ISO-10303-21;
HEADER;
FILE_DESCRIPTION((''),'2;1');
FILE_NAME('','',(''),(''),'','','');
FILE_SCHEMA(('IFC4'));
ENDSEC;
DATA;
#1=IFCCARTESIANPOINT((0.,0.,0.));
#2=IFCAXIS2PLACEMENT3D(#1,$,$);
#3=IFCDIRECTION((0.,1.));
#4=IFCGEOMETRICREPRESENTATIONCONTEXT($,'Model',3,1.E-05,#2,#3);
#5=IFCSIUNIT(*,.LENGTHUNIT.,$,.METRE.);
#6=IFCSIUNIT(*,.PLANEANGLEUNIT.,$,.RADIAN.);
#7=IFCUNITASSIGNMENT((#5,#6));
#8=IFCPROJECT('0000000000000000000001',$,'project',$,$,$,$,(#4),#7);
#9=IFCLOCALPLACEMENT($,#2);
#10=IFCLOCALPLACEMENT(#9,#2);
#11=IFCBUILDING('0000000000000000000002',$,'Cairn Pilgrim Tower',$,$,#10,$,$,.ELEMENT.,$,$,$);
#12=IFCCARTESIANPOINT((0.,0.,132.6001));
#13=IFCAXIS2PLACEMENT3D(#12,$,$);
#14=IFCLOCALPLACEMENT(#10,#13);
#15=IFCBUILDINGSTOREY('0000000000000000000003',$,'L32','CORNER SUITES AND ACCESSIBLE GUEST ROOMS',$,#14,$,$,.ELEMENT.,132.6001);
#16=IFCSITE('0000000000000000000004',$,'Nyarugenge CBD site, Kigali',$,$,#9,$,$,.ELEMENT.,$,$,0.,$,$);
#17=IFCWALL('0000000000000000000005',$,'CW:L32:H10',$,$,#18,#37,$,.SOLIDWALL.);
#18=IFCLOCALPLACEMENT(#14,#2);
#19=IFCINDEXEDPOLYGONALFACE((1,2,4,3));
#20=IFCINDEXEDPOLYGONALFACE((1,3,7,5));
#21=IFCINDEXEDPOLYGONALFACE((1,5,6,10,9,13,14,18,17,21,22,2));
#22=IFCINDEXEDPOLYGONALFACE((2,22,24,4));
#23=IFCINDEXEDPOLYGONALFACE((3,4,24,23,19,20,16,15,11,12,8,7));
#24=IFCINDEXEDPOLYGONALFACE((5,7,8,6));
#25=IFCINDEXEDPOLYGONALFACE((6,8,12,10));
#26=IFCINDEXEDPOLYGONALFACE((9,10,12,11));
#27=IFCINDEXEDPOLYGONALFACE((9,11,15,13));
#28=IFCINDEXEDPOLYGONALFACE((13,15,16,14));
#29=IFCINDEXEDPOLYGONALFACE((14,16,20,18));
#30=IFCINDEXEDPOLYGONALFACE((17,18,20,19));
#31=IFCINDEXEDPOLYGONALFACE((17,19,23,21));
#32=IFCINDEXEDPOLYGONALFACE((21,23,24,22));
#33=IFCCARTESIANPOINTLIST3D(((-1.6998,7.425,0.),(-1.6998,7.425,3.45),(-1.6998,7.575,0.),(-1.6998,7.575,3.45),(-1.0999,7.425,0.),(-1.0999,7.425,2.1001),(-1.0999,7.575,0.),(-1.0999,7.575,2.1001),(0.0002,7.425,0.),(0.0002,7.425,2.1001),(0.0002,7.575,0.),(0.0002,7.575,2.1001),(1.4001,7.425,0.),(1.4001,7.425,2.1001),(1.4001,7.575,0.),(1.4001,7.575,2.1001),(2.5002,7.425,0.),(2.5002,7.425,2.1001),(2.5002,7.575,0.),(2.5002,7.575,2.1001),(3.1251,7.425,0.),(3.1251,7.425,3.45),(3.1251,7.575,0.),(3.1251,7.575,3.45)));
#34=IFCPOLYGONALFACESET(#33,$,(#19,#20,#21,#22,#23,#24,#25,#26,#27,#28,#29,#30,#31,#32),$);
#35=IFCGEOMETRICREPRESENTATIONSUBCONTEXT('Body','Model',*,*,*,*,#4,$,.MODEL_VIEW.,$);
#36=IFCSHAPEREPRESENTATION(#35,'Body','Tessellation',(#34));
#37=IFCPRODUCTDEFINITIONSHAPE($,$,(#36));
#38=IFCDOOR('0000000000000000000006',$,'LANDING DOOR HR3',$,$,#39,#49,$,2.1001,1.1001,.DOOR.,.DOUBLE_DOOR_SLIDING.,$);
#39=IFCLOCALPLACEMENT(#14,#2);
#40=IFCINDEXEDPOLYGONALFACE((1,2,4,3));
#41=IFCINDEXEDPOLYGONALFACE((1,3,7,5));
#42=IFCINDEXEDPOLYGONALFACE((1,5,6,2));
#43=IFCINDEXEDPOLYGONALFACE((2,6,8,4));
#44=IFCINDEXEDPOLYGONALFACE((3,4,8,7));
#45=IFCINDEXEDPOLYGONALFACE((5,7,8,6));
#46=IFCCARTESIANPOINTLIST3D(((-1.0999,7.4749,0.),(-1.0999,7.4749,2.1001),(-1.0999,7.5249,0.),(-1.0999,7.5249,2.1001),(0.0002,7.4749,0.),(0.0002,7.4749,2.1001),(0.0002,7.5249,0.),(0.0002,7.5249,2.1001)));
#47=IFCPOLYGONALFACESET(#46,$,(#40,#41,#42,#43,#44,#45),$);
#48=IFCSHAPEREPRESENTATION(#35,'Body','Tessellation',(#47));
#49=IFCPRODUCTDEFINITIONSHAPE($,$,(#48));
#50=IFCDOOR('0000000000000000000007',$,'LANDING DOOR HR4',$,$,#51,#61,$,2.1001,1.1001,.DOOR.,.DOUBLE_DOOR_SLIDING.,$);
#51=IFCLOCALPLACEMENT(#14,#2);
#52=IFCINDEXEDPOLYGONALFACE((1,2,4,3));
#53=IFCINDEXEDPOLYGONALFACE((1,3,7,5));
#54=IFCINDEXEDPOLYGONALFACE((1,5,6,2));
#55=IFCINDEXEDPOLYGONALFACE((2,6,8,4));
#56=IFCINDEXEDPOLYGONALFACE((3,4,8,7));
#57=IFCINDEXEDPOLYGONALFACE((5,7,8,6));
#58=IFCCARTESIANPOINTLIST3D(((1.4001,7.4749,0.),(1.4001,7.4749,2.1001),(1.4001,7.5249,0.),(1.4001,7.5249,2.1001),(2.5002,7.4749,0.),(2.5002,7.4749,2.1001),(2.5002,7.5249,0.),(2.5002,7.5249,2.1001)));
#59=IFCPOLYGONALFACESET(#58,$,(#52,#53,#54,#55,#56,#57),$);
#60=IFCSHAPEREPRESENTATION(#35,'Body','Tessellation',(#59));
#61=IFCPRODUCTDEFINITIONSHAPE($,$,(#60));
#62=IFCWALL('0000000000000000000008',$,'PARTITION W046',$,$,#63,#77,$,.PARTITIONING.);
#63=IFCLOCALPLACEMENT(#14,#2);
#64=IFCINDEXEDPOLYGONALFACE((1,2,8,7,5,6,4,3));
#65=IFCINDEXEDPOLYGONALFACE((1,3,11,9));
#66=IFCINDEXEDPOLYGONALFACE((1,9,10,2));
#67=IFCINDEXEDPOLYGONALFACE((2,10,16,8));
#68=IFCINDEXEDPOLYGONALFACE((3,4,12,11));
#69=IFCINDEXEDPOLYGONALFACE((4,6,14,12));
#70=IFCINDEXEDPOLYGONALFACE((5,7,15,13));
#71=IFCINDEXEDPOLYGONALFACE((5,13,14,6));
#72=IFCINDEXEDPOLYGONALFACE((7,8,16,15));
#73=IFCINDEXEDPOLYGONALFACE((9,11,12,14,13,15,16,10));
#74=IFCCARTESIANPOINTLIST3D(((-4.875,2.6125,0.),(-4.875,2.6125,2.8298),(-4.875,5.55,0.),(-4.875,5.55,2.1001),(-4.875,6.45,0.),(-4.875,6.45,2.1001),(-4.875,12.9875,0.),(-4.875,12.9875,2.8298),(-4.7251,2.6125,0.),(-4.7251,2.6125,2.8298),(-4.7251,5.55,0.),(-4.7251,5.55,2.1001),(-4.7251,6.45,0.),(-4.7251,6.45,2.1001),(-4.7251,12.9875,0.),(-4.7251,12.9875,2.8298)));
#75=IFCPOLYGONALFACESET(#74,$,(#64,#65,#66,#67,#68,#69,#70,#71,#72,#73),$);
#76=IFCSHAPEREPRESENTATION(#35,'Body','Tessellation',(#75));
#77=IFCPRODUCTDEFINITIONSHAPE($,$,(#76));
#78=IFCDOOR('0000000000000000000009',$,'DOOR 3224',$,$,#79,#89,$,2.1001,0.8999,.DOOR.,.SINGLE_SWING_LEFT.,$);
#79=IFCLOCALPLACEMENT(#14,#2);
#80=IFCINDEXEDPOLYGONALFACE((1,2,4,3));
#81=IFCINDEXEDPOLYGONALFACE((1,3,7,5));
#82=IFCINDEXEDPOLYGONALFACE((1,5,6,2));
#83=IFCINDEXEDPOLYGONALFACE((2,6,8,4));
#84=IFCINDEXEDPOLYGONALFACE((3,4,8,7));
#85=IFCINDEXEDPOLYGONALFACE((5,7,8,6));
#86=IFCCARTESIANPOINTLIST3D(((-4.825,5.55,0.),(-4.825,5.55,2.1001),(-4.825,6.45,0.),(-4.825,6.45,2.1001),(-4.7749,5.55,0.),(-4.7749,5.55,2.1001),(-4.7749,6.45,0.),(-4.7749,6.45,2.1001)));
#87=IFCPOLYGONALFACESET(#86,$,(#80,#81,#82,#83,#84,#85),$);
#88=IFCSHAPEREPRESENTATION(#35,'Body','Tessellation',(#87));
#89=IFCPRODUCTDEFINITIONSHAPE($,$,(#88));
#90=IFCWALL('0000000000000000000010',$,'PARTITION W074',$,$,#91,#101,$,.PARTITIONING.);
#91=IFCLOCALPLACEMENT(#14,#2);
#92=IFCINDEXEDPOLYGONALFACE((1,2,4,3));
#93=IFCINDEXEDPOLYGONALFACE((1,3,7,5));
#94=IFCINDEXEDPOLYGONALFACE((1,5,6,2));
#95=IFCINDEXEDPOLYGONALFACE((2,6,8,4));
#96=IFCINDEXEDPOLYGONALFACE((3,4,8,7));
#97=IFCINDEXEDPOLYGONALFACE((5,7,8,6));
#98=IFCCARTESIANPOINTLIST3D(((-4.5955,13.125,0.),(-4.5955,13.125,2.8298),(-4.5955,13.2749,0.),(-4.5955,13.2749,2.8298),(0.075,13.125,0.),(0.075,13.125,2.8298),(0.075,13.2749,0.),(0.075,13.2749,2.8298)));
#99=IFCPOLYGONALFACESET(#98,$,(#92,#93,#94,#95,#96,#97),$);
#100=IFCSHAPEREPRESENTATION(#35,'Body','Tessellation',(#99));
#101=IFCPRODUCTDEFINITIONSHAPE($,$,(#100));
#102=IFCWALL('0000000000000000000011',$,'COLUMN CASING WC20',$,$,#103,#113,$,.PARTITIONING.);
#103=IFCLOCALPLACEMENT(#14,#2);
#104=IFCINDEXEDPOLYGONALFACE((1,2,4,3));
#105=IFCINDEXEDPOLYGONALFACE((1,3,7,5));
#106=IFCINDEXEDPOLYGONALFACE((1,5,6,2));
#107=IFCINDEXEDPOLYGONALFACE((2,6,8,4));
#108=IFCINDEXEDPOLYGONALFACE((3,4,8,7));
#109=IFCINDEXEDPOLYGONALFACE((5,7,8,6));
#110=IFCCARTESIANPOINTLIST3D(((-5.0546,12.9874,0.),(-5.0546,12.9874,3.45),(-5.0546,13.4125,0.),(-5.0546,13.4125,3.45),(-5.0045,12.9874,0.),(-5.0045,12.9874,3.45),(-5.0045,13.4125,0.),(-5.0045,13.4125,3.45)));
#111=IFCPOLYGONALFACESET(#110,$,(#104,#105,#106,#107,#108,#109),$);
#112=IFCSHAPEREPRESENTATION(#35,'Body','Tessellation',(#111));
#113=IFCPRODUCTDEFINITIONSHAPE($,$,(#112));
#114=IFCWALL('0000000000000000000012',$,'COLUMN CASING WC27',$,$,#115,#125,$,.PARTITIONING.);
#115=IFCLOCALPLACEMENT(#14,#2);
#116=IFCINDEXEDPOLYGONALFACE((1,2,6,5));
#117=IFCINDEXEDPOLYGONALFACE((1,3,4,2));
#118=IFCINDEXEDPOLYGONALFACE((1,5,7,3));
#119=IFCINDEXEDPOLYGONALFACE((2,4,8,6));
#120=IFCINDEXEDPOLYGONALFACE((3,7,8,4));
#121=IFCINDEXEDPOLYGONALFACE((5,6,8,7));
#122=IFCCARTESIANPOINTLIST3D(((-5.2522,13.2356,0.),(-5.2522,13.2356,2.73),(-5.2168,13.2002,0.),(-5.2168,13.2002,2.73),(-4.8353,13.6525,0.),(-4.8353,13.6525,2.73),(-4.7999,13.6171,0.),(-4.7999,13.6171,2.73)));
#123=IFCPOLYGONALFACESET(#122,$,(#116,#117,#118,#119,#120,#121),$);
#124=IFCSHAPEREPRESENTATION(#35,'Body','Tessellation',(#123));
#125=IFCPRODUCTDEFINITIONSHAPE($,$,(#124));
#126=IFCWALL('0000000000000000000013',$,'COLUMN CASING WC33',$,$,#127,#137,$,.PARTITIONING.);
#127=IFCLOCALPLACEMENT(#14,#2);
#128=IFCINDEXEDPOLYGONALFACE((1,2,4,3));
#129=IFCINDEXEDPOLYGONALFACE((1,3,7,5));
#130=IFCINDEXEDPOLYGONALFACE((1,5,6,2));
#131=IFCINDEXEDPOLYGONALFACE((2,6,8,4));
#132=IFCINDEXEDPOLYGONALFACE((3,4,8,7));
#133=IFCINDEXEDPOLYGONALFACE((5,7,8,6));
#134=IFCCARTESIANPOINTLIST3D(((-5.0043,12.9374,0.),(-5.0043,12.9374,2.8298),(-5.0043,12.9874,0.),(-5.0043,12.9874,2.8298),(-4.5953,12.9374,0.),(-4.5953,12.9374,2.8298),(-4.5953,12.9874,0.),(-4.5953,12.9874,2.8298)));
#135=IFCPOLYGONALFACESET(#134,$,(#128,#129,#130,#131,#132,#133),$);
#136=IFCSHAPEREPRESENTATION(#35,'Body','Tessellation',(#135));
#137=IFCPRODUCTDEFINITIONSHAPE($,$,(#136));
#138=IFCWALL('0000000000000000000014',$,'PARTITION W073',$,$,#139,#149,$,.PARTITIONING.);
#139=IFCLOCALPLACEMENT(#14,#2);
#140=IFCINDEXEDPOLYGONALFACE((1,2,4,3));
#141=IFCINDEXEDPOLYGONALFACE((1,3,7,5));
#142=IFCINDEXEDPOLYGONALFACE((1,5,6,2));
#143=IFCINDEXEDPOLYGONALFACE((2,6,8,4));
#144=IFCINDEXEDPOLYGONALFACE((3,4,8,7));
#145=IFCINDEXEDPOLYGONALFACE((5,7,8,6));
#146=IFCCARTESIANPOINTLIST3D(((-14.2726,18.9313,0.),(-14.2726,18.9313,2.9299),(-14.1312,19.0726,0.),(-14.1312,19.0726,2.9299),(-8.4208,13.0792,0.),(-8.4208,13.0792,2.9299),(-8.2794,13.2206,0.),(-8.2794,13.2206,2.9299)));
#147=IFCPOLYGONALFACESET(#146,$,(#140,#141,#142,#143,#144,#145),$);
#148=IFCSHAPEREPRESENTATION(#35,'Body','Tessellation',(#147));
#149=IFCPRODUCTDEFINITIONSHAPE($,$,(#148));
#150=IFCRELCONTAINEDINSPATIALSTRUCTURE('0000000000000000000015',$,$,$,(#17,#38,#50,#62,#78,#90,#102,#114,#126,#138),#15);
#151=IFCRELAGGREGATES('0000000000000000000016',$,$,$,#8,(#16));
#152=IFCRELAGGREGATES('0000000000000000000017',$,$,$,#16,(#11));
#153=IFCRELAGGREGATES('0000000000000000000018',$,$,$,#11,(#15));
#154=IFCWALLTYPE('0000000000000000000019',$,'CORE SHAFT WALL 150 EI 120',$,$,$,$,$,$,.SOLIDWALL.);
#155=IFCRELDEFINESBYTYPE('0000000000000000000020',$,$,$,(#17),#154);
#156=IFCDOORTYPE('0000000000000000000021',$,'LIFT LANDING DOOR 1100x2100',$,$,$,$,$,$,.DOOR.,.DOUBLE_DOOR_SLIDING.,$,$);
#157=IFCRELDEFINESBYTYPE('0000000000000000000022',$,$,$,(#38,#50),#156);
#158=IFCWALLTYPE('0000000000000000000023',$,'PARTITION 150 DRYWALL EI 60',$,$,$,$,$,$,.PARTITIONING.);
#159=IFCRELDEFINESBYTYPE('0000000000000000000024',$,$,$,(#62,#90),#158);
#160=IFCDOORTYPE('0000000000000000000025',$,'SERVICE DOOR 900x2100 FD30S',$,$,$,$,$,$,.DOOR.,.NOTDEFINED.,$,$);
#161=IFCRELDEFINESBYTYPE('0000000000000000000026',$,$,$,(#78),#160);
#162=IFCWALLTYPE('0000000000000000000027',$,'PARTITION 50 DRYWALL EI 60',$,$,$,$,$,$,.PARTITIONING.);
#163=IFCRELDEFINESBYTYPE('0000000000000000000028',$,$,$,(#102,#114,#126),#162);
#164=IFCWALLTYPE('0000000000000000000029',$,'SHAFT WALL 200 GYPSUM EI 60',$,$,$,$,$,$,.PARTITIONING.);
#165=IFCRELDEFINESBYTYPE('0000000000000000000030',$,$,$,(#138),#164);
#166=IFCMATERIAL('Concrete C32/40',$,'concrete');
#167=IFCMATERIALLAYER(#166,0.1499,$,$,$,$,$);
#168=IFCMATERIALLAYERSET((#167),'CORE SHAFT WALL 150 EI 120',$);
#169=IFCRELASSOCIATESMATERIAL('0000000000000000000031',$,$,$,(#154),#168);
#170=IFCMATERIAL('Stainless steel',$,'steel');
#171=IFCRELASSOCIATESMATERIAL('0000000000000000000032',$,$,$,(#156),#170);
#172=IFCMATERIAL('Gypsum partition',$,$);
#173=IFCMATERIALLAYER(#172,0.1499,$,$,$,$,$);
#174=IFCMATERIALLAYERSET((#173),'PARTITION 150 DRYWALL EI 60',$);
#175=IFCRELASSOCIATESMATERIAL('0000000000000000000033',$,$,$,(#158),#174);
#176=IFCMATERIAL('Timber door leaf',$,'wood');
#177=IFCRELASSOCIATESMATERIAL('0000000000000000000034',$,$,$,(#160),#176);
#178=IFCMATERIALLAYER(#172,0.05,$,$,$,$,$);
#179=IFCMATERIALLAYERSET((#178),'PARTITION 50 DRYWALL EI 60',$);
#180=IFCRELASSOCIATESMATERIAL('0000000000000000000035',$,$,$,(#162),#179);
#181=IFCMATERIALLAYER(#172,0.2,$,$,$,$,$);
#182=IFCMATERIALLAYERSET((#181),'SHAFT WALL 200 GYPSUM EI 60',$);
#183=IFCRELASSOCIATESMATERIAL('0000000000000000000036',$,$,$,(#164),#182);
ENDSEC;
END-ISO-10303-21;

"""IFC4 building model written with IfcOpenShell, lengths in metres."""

from ifc_helpers import new_model, si_unit, direction, frame, frame_2d, origin, place, context, subcontext, project, spatial, rectangle, extrude, material, layer, layer_set, type_object, element, fill, save


model = new_model("IFC4")

# Units and contexts
model_context = context("Model", 3, precision=1e-05, world=origin(), true_north=direction((0.0, 1.0)))
body_context = subcontext(model_context, "Body", "Model", "MODEL_VIEW")
ifc_project = project(units=[si_unit("LENGTHUNIT", "METRE"), si_unit("PLANEANGLEUNIT", "RADIAN")], contexts=[model_context])

# Site, building, storey
site_placement = place(None, origin())
site = spatial("IfcSite", under=ifc_project, at=site_placement, Name="Nyarugenge CBD site, Kigali", CompositionType="ELEMENT", RefElevation=0.0)
building_placement = place(site_placement, origin())
building = spatial("IfcBuilding", under=site, at=building_placement, Name="Cairn Pilgrim Tower", CompositionType="ELEMENT")
storey_placement = place(building_placement, frame((0.0, 0.0, 132.6001)))
storey = spatial("IfcBuildingStorey", under=building, at=storey_placement, Name="L32", Description="CORNER SUITES AND ACCESSIBLE GUEST ROOMS", CompositionType="ELEMENT", Elevation=132.6001)

# Shared definitions
ifc_material_1 = material(Name="Concrete C32/40", Category="concrete")

# Wall, openings, doors
ifc_layer_1 = layer(ifc_material_1, 0.1499)
ifc_layer_set_1 = layer_set([ifc_layer_1], Name="CORE SHAFT WALL 150 EI 120")
wall_type_1 = type_object("IfcWallType", Name="CORE SHAFT WALL 150 EI 120", PredefinedType="SOLIDWALL", material=ifc_layer_set_1)
ifc_material_2 = material(Name="Stainless steel", Category="steel")
door_type_1 = type_object("IfcDoorType", Name="LIFT LANDING DOOR 1100x2100", OperationType="DOUBLE_DOOR_SLIDING", PredefinedType="DOOR", material=ifc_material_2)
wall_1_placement = place(storey_placement, frame((-1.7, 7.5, 0.0), z_axis=(0.0, 0.0, 1.0), x_axis=(1.0, 0.0, 0.0)))
wall_1 = element("IfcWall", 1, at=wall_1_placement, inside=storey, type_object=wall_type_1, Name="CW:L32:H10", PredefinedType="SOLIDWALL", context=body_context, shape_type="SweptSolid", body=[
    extrude(rectangle(XDim=4.825, YDim=0.1499, at=frame_2d((2.4126, 0.0))), origin(), (0.0, 0.0, 1.0), 3.45),
])
opening_1_placement = place(wall_1_placement, frame((0.6001, 0.0, 0.0)))
opening_1 = element("IfcOpeningElement", 2, at=opening_1_placement, cuts=wall_1, PredefinedType="OPENING", context=body_context, shape_type="SweptSolid", body=[
    extrude(rectangle(XDim=1.1001, YDim=2.1001, at=frame_2d((0.55, 1.05))), frame((0.0, 0.085, 0.0), z_axis=(0.0, -1.0, 0.0), x_axis=(1.0, 0.0, 0.0)), (0.0, 0.0, 1.0), 0.1699),
])
opening_2_placement = place(wall_1_placement, frame((3.1001, 0.0, 0.0)))
opening_2 = element("IfcOpeningElement", 3, at=opening_2_placement, cuts=wall_1, PredefinedType="OPENING", context=body_context, shape_type="SweptSolid", body=[
    extrude(rectangle(XDim=1.1001, YDim=2.1001, at=frame_2d((0.55, 1.05))), frame((0.0, 0.085, 0.0), z_axis=(0.0, -1.0, 0.0), x_axis=(1.0, 0.0, 0.0)), (0.0, 0.0, 1.0), 0.1699),
])
door_1_placement = place(opening_1_placement, origin())
door_1 = element("IfcDoor", 4, at=door_1_placement, inside=storey, type_object=door_type_1, Name="LANDING DOOR HR3", OperationType="DOUBLE_DOOR_SLIDING", OverallHeight=2.1001, OverallWidth=1.1001, PredefinedType="DOOR", context=body_context, shape_type="SweptSolid", body=[
    extrude(rectangle(XDim=1.1001, YDim=2.1001, at=frame_2d((0.55, 1.05))), frame((0.0, 0.0249, 0.0), z_axis=(0.0, -1.0, 0.0), x_axis=(1.0, 0.0, 0.0)), (0.0, 0.0, 1.0), 0.05),
])
fill(opening_1, door_1)
door_2_placement = place(opening_2_placement, origin())
door_2 = element("IfcDoor", 5, at=door_2_placement, inside=storey, type_object=door_type_1, Name="LANDING DOOR HR4", OperationType="DOUBLE_DOOR_SLIDING", OverallHeight=2.1001, OverallWidth=1.1001, PredefinedType="DOOR", context=body_context, shape_type="SweptSolid", body=[
    extrude(rectangle(XDim=1.1001, YDim=2.1001, at=frame_2d((0.55, 1.05))), frame((0.0, 0.0249, 0.0), z_axis=(0.0, -1.0, 0.0), x_axis=(1.0, 0.0, 0.0)), (0.0, 0.0, 1.0), 0.05),
])
fill(opening_2, door_2)

# Wall, opening, door
ifc_material_3 = material(Name="Gypsum partition")
ifc_layer_2 = layer(ifc_material_3, 0.1499)
ifc_layer_set_2 = layer_set([ifc_layer_2], Name="PARTITION 150 DRYWALL EI 60")
wall_type_2 = type_object("IfcWallType", Name="PARTITION 150 DRYWALL EI 60", PredefinedType="PARTITIONING", material=ifc_layer_set_2)
wall_2_placement = place(storey_placement, frame((-4.8, 2.6125, 0.0), z_axis=(0.0, 0.0, 1.0), x_axis=(0.0, 1.0, 0.0)))
wall_2 = element("IfcWall", 6, at=wall_2_placement, inside=storey, type_object=wall_type_2, Name="PARTITION W046", PredefinedType="PARTITIONING", context=body_context, shape_type="SweptSolid", body=[
    extrude(rectangle(XDim=10.375, YDim=0.1499, at=frame_2d((5.1875, 0.0))), origin(), (0.0, 0.0, 1.0), 2.8298),
])
opening_3_placement = place(wall_2_placement, frame((2.9375, 0.0, 0.0)))
opening_3 = element("IfcOpeningElement", 7, at=opening_3_placement, cuts=wall_2, PredefinedType="OPENING", context=body_context, shape_type="SweptSolid", body=[
    extrude(rectangle(XDim=0.8999, YDim=2.1001, at=frame_2d((0.45, 1.05))), frame((0.0, 0.085, 0.0), z_axis=(0.0, -1.0, 0.0), x_axis=(1.0, 0.0, 0.0)), (0.0, 0.0, 1.0), 0.1699),
])
ifc_material_4 = material(Name="Timber door leaf", Category="wood")
door_type_2 = type_object("IfcDoorType", Name="SERVICE DOOR 900x2100 FD30S", OperationType="NOTDEFINED", PredefinedType="DOOR", material=ifc_material_4)
door_3_placement = place(opening_3_placement, origin())
door_3 = element("IfcDoor", 8, at=door_3_placement, inside=storey, type_object=door_type_2, Name="DOOR 3224", OperationType="SINGLE_SWING_LEFT", OverallHeight=2.1001, OverallWidth=0.8999, PredefinedType="DOOR", context=body_context, shape_type="SweptSolid", body=[
    extrude(rectangle(XDim=0.8999, YDim=2.1001, at=frame_2d((0.45, 1.05))), frame((0.0, 0.0249, 0.0), z_axis=(0.0, -1.0, 0.0), x_axis=(1.0, 0.0, 0.0)), (0.0, 0.0, 1.0), 0.05),
])
fill(opening_3, door_3)

# Walls
wall_3_placement = place(storey_placement, frame((-4.5955, 13.2, 0.0), z_axis=(0.0, 0.0, 1.0), x_axis=(1.0, 0.0, 0.0)))
element("IfcWall", 9, at=wall_3_placement, inside=storey, type_object=wall_type_2, Name="PARTITION W074", PredefinedType="PARTITIONING", context=body_context, shape_type="SweptSolid", body=[
    extrude(rectangle(XDim=4.6704, YDim=0.1499, at=frame_2d((2.3352, 0.0))), origin(), (0.0, 0.0, 1.0), 2.8298),
])
ifc_layer_3 = layer(ifc_material_3, 0.05)
ifc_layer_set_3 = layer_set([ifc_layer_3], Name="PARTITION 50 DRYWALL EI 60")
wall_type_3 = type_object("IfcWallType", Name="PARTITION 50 DRYWALL EI 60", PredefinedType="PARTITIONING", material=ifc_layer_set_3)
wall_4_placement = place(storey_placement, frame((-5.0295, 12.9875, 0.0), z_axis=(0.0, 0.0, 1.0), x_axis=(0.0, 1.0, 0.0)))
element("IfcWall", 10, at=wall_4_placement, inside=storey, type_object=wall_type_3, Name="COLUMN CASING WC20", PredefinedType="PARTITIONING", context=body_context, shape_type="SweptSolid", body=[
    extrude(rectangle(XDim=0.425, YDim=0.05, at=frame_2d((0.2124, 0.0))), origin(), (0.0, 0.0, 1.0), 3.45),
])
wall_5_placement = place(storey_placement, frame((-5.2346, 13.2178, 0.0), z_axis=(0.0, 0.0, 1.0), x_axis=(0.707107, 0.707107, 0.0)))
element("IfcWall", 11, at=wall_5_placement, inside=storey, type_object=wall_type_3, Name="COLUMN CASING WC27", PredefinedType="PARTITIONING", context=body_context, shape_type="SweptSolid", body=[
    extrude(rectangle(XDim=0.5896, YDim=0.05, at=frame_2d((0.2949, 0.0))), origin(), (0.0, 0.0, 1.0), 2.73),
])
wall_6_placement = place(storey_placement, frame((-5.0044, 12.9624, 0.0), z_axis=(0.0, 0.0, 1.0), x_axis=(1.0, 0.0, 0.0)))
element("IfcWall", 12, at=wall_6_placement, inside=storey, type_object=wall_type_3, Name="COLUMN CASING WC33", PredefinedType="PARTITIONING", context=body_context, shape_type="SweptSolid", body=[
    extrude(rectangle(XDim=0.4089, YDim=0.05, at=frame_2d((0.2046, 0.0))), origin(), (0.0, 0.0, 1.0), 2.8298),
])
ifc_layer_4 = layer(ifc_material_3, 0.2)
ifc_layer_set_4 = layer_set([ifc_layer_4], Name="SHAFT WALL 200 GYPSUM EI 60")
wall_type_4 = type_object("IfcWallType", Name="SHAFT WALL 200 GYPSUM EI 60", PredefinedType="PARTITIONING", material=ifc_layer_set_4)
wall_7_placement = place(storey_placement, frame((-8.3501, 13.1499, 0.0), z_axis=(0.0, 0.0, 1.0), x_axis=(-0.707092, 0.707122, 0.0)))
element("IfcWall", 13, at=wall_7_placement, inside=storey, type_object=wall_type_4, Name="PARTITION W073", PredefinedType="PARTITIONING", context=body_context, shape_type="SweptSolid", body=[
    extrude(rectangle(XDim=8.2759, YDim=0.2, at=frame_2d((4.1379, 0.0))), origin(), (0.0, 0.0, 1.0), 2.9299),
])

save(model, "model.ifc")
